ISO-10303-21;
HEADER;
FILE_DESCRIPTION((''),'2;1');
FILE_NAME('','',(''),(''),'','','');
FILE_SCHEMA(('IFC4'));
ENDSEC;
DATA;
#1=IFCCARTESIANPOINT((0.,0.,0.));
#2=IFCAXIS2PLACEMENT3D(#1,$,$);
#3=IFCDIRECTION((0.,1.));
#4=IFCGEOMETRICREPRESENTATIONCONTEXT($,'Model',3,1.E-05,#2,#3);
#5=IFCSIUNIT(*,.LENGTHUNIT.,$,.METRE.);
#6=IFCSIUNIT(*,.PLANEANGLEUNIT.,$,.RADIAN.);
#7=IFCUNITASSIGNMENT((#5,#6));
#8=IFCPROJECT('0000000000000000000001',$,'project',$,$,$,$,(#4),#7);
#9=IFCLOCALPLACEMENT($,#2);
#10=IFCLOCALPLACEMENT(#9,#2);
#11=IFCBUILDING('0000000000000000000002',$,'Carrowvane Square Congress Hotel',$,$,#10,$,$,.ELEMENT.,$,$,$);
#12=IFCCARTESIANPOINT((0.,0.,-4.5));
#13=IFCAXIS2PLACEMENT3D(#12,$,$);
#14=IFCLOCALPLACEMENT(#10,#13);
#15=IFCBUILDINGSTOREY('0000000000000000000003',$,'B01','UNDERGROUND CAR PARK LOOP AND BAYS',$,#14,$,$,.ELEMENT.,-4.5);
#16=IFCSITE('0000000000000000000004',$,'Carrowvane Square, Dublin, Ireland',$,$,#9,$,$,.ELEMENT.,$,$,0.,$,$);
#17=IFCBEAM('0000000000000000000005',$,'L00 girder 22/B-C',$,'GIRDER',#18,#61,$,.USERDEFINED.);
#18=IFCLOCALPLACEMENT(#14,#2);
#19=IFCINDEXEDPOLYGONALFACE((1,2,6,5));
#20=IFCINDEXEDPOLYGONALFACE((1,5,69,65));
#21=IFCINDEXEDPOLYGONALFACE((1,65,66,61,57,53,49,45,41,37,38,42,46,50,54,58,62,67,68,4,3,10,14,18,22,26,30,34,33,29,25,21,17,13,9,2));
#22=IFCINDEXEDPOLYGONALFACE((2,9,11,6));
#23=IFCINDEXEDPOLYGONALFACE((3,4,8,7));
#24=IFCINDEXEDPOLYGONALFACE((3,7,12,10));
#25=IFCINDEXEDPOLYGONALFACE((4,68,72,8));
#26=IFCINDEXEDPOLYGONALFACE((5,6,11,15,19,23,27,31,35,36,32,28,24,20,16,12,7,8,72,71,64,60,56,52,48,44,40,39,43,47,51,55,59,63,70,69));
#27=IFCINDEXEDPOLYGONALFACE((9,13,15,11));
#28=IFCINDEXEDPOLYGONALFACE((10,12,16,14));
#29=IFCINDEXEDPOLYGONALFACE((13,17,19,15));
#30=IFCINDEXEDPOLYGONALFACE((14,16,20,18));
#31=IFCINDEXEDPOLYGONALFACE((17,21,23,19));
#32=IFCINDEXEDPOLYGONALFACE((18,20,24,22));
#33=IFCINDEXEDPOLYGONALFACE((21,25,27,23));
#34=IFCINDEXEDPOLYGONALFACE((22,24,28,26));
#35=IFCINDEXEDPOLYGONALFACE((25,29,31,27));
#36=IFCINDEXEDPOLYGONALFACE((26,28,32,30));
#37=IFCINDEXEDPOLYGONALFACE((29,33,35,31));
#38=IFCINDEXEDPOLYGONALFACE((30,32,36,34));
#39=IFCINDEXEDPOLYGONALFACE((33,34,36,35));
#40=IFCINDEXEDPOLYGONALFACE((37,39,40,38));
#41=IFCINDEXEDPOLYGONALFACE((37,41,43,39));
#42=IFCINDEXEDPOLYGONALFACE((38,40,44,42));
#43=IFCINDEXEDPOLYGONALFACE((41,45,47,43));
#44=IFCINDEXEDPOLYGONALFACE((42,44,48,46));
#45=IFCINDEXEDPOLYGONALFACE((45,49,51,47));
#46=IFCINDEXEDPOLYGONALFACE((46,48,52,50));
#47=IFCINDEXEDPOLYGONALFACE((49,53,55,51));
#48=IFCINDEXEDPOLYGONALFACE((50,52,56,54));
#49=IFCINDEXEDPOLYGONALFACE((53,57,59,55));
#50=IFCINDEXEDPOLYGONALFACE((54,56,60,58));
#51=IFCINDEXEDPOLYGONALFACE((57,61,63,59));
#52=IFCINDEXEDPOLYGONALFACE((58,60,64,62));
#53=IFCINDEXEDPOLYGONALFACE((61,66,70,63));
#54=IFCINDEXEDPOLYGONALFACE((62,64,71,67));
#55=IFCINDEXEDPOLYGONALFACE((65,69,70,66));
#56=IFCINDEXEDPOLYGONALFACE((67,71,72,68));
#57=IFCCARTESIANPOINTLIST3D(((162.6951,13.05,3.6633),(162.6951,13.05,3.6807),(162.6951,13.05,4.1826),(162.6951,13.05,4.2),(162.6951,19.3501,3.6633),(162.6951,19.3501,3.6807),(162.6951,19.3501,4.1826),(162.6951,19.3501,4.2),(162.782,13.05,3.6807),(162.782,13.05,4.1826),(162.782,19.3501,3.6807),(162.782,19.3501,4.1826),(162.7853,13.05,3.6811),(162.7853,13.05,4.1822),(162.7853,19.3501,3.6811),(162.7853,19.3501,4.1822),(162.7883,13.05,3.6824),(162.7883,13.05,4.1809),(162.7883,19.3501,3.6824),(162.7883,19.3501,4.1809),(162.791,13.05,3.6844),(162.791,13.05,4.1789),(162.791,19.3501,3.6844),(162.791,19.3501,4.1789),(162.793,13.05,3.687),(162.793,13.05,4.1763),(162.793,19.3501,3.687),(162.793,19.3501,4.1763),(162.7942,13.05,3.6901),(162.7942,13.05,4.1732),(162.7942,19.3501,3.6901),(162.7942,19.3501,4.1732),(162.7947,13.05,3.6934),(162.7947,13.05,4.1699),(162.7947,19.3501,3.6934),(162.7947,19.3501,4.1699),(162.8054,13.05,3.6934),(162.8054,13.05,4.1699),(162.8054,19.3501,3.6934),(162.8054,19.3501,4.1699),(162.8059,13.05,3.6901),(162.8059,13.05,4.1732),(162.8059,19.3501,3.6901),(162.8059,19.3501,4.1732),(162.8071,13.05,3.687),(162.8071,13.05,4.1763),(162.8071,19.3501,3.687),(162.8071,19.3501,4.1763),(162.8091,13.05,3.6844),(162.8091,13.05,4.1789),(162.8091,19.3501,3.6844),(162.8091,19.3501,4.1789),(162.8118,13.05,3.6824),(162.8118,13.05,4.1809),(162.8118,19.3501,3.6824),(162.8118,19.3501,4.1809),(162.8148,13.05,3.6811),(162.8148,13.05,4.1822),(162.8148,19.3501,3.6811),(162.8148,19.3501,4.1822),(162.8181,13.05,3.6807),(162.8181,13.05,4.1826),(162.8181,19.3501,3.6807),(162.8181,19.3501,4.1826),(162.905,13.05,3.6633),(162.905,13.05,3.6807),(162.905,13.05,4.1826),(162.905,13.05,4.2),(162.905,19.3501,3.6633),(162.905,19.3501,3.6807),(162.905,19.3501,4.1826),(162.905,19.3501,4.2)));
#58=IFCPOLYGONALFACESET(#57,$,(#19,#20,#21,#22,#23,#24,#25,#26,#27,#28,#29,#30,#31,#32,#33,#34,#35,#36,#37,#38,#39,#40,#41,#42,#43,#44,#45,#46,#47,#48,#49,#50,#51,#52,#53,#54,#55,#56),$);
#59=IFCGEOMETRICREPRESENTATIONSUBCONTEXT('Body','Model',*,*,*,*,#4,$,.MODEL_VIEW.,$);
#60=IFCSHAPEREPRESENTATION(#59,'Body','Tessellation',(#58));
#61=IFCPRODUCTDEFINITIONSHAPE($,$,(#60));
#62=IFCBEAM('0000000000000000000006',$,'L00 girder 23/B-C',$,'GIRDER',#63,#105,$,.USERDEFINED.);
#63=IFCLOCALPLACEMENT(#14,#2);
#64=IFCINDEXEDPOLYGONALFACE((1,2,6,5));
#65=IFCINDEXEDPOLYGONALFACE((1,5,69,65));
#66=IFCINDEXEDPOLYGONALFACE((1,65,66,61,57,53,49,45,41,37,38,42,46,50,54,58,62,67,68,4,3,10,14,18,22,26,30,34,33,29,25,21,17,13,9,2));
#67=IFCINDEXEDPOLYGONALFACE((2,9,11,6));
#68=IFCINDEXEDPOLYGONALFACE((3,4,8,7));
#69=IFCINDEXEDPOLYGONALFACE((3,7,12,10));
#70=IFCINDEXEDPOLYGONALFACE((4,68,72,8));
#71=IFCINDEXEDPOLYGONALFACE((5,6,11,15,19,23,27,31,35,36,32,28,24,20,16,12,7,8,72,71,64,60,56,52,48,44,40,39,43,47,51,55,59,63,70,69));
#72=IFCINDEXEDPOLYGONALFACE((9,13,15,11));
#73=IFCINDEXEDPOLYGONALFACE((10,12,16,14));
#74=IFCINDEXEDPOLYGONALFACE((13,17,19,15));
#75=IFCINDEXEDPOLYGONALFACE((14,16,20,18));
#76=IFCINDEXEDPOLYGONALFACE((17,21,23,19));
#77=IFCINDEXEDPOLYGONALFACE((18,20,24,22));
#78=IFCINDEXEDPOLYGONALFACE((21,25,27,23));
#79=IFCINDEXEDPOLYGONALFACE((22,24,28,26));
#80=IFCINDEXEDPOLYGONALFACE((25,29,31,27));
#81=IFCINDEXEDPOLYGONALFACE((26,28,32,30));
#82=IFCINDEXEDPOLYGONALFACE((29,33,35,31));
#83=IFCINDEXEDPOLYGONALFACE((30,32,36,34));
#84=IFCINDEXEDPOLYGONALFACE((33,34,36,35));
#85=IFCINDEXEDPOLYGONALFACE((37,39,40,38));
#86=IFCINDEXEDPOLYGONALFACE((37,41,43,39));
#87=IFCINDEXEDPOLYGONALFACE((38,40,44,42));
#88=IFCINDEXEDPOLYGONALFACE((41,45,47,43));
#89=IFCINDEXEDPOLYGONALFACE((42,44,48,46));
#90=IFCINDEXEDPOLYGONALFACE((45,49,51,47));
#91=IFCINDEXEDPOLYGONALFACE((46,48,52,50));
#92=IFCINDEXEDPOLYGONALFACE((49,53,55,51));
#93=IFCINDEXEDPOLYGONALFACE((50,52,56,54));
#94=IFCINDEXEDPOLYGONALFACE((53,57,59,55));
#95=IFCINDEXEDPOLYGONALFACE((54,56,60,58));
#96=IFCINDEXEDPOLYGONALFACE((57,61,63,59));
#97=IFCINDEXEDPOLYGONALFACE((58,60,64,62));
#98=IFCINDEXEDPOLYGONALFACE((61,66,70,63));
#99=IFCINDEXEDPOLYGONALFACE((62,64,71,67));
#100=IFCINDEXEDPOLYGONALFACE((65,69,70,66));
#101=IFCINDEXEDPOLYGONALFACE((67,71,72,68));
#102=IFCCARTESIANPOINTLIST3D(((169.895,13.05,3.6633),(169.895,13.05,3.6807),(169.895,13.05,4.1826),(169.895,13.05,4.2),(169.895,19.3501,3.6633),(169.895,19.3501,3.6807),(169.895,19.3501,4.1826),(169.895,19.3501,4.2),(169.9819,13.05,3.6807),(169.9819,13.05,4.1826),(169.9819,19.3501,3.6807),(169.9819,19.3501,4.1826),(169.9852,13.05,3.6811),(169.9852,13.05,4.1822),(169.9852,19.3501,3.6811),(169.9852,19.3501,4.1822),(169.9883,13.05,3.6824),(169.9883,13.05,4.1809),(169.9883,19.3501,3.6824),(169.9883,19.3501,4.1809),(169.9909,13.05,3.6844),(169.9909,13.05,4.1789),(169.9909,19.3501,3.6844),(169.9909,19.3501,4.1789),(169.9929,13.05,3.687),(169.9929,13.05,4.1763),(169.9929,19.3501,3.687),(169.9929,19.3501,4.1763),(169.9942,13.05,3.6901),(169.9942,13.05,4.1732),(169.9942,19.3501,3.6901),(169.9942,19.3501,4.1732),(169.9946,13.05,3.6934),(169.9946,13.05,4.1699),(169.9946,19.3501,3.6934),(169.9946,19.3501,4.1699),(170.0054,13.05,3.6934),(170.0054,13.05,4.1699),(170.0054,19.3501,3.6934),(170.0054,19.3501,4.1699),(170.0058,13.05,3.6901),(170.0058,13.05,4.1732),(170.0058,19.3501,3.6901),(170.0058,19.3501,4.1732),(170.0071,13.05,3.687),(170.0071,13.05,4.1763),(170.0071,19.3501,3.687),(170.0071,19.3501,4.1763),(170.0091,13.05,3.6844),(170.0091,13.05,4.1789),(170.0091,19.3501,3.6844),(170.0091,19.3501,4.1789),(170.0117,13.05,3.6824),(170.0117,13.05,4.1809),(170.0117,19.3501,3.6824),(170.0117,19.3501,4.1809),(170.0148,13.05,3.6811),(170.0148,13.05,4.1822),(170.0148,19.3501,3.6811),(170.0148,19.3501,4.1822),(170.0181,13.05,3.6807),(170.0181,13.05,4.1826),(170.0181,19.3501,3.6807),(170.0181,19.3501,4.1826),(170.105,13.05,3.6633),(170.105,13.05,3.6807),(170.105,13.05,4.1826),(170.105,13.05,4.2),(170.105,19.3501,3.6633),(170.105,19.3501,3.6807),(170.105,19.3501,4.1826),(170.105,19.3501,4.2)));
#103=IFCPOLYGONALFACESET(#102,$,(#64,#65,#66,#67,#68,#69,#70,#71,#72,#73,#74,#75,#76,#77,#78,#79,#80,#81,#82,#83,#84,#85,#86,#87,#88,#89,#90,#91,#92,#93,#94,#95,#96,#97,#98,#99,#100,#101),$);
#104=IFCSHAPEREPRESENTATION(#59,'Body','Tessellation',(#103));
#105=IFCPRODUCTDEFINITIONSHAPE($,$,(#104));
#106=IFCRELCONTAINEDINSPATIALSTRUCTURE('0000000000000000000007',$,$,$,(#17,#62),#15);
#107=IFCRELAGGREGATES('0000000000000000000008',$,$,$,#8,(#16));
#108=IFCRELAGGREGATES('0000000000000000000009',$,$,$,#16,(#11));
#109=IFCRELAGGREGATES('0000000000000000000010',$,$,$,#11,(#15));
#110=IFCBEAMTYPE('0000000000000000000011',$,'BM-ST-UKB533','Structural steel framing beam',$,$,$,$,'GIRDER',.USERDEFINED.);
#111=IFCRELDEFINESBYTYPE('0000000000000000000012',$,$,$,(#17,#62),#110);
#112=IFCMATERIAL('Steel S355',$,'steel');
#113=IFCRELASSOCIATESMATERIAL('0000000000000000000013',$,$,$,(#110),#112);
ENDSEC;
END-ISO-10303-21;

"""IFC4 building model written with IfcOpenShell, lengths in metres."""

from ifc_helpers import new_model, si_unit, direction, frame, origin, origin_2d, place, context, subcontext, project, spatial, i_section, extrude, material, material_profile, profile_set, type_object, element, save


model = new_model("IFC4")

# Units and contexts
model_context = context("Model", 3, precision=1e-05, world=origin(), true_north=direction((0.0, 1.0)))
body_context = subcontext(model_context, "Body", "Model", "MODEL_VIEW")
ifc_project = project(units=[si_unit("LENGTHUNIT", "METRE"), si_unit("PLANEANGLEUNIT", "RADIAN")], contexts=[model_context])

# Site, building, storey
site_placement = place(None, origin())
site = spatial("IfcSite", under=ifc_project, at=site_placement, Name="Carrowvane Square, Dublin, Ireland", CompositionType="ELEMENT", RefElevation=0.0)
building_placement = place(site_placement, origin())
building = spatial("IfcBuilding", under=site, at=building_placement, Name="Carrowvane Square Congress Hotel", CompositionType="ELEMENT")
storey_placement = place(building_placement, frame((0.0, 0.0, -4.5)))
storey = spatial("IfcBuildingStorey", under=building, at=storey_placement, Name="B01", Description="UNDERGROUND CAR PARK LOOP AND BAYS", CompositionType="ELEMENT", Elevation=-4.5)

# Beams
ifc_material_1 = material(Name="Steel S355", Category="steel")
ifc_material_profile_1 = material_profile(ifc_material_1, i_section(OverallWidth=0.21, OverallDepth=0.5366, WebThickness=0.0107, FlangeThickness=0.0173, FilletRadius=0.0127, at=origin_2d()), Name="UKB 533x210x101")
ifc_profile_set_1 = profile_set([ifc_material_profile_1], Name="Steel S355")
beam_type_1 = type_object("IfcBeamType", Name="BM-ST-UKB533", Description="Structural steel framing beam", ElementType="GIRDER", PredefinedType="USERDEFINED", material=ifc_profile_set_1)
for number, where, z_axis, x_axis, name in (
    (1, (162.8, 13.05, 3.9316), (0.0, 1.0, 0.0), (-1.0, 0.0, 0.0), "L00 girder 22/B-C"),
    (2, (170.0, 13.05, 3.9316), (0.0, 1.0, 0.0), (-1.0, 0.0, 0.0), "L00 girder 23/B-C"),
):
    element("IfcBeam", number, at=place(storey_placement, frame(where, z_axis=z_axis, x_axis=x_axis)), inside=storey, type_object=beam_type_1, Name=name, ObjectType="GIRDER", PredefinedType="USERDEFINED", context=body_context, shape_type="SweptSolid", body=[
        extrude(i_section(OverallWidth=0.21, OverallDepth=0.5366, WebThickness=0.0107, FlangeThickness=0.0173, FilletRadius=0.0127, at=origin_2d()), origin(), (0.0, 0.0, 1.0), 6.3),
    ])

save(model, "model.ifc")
